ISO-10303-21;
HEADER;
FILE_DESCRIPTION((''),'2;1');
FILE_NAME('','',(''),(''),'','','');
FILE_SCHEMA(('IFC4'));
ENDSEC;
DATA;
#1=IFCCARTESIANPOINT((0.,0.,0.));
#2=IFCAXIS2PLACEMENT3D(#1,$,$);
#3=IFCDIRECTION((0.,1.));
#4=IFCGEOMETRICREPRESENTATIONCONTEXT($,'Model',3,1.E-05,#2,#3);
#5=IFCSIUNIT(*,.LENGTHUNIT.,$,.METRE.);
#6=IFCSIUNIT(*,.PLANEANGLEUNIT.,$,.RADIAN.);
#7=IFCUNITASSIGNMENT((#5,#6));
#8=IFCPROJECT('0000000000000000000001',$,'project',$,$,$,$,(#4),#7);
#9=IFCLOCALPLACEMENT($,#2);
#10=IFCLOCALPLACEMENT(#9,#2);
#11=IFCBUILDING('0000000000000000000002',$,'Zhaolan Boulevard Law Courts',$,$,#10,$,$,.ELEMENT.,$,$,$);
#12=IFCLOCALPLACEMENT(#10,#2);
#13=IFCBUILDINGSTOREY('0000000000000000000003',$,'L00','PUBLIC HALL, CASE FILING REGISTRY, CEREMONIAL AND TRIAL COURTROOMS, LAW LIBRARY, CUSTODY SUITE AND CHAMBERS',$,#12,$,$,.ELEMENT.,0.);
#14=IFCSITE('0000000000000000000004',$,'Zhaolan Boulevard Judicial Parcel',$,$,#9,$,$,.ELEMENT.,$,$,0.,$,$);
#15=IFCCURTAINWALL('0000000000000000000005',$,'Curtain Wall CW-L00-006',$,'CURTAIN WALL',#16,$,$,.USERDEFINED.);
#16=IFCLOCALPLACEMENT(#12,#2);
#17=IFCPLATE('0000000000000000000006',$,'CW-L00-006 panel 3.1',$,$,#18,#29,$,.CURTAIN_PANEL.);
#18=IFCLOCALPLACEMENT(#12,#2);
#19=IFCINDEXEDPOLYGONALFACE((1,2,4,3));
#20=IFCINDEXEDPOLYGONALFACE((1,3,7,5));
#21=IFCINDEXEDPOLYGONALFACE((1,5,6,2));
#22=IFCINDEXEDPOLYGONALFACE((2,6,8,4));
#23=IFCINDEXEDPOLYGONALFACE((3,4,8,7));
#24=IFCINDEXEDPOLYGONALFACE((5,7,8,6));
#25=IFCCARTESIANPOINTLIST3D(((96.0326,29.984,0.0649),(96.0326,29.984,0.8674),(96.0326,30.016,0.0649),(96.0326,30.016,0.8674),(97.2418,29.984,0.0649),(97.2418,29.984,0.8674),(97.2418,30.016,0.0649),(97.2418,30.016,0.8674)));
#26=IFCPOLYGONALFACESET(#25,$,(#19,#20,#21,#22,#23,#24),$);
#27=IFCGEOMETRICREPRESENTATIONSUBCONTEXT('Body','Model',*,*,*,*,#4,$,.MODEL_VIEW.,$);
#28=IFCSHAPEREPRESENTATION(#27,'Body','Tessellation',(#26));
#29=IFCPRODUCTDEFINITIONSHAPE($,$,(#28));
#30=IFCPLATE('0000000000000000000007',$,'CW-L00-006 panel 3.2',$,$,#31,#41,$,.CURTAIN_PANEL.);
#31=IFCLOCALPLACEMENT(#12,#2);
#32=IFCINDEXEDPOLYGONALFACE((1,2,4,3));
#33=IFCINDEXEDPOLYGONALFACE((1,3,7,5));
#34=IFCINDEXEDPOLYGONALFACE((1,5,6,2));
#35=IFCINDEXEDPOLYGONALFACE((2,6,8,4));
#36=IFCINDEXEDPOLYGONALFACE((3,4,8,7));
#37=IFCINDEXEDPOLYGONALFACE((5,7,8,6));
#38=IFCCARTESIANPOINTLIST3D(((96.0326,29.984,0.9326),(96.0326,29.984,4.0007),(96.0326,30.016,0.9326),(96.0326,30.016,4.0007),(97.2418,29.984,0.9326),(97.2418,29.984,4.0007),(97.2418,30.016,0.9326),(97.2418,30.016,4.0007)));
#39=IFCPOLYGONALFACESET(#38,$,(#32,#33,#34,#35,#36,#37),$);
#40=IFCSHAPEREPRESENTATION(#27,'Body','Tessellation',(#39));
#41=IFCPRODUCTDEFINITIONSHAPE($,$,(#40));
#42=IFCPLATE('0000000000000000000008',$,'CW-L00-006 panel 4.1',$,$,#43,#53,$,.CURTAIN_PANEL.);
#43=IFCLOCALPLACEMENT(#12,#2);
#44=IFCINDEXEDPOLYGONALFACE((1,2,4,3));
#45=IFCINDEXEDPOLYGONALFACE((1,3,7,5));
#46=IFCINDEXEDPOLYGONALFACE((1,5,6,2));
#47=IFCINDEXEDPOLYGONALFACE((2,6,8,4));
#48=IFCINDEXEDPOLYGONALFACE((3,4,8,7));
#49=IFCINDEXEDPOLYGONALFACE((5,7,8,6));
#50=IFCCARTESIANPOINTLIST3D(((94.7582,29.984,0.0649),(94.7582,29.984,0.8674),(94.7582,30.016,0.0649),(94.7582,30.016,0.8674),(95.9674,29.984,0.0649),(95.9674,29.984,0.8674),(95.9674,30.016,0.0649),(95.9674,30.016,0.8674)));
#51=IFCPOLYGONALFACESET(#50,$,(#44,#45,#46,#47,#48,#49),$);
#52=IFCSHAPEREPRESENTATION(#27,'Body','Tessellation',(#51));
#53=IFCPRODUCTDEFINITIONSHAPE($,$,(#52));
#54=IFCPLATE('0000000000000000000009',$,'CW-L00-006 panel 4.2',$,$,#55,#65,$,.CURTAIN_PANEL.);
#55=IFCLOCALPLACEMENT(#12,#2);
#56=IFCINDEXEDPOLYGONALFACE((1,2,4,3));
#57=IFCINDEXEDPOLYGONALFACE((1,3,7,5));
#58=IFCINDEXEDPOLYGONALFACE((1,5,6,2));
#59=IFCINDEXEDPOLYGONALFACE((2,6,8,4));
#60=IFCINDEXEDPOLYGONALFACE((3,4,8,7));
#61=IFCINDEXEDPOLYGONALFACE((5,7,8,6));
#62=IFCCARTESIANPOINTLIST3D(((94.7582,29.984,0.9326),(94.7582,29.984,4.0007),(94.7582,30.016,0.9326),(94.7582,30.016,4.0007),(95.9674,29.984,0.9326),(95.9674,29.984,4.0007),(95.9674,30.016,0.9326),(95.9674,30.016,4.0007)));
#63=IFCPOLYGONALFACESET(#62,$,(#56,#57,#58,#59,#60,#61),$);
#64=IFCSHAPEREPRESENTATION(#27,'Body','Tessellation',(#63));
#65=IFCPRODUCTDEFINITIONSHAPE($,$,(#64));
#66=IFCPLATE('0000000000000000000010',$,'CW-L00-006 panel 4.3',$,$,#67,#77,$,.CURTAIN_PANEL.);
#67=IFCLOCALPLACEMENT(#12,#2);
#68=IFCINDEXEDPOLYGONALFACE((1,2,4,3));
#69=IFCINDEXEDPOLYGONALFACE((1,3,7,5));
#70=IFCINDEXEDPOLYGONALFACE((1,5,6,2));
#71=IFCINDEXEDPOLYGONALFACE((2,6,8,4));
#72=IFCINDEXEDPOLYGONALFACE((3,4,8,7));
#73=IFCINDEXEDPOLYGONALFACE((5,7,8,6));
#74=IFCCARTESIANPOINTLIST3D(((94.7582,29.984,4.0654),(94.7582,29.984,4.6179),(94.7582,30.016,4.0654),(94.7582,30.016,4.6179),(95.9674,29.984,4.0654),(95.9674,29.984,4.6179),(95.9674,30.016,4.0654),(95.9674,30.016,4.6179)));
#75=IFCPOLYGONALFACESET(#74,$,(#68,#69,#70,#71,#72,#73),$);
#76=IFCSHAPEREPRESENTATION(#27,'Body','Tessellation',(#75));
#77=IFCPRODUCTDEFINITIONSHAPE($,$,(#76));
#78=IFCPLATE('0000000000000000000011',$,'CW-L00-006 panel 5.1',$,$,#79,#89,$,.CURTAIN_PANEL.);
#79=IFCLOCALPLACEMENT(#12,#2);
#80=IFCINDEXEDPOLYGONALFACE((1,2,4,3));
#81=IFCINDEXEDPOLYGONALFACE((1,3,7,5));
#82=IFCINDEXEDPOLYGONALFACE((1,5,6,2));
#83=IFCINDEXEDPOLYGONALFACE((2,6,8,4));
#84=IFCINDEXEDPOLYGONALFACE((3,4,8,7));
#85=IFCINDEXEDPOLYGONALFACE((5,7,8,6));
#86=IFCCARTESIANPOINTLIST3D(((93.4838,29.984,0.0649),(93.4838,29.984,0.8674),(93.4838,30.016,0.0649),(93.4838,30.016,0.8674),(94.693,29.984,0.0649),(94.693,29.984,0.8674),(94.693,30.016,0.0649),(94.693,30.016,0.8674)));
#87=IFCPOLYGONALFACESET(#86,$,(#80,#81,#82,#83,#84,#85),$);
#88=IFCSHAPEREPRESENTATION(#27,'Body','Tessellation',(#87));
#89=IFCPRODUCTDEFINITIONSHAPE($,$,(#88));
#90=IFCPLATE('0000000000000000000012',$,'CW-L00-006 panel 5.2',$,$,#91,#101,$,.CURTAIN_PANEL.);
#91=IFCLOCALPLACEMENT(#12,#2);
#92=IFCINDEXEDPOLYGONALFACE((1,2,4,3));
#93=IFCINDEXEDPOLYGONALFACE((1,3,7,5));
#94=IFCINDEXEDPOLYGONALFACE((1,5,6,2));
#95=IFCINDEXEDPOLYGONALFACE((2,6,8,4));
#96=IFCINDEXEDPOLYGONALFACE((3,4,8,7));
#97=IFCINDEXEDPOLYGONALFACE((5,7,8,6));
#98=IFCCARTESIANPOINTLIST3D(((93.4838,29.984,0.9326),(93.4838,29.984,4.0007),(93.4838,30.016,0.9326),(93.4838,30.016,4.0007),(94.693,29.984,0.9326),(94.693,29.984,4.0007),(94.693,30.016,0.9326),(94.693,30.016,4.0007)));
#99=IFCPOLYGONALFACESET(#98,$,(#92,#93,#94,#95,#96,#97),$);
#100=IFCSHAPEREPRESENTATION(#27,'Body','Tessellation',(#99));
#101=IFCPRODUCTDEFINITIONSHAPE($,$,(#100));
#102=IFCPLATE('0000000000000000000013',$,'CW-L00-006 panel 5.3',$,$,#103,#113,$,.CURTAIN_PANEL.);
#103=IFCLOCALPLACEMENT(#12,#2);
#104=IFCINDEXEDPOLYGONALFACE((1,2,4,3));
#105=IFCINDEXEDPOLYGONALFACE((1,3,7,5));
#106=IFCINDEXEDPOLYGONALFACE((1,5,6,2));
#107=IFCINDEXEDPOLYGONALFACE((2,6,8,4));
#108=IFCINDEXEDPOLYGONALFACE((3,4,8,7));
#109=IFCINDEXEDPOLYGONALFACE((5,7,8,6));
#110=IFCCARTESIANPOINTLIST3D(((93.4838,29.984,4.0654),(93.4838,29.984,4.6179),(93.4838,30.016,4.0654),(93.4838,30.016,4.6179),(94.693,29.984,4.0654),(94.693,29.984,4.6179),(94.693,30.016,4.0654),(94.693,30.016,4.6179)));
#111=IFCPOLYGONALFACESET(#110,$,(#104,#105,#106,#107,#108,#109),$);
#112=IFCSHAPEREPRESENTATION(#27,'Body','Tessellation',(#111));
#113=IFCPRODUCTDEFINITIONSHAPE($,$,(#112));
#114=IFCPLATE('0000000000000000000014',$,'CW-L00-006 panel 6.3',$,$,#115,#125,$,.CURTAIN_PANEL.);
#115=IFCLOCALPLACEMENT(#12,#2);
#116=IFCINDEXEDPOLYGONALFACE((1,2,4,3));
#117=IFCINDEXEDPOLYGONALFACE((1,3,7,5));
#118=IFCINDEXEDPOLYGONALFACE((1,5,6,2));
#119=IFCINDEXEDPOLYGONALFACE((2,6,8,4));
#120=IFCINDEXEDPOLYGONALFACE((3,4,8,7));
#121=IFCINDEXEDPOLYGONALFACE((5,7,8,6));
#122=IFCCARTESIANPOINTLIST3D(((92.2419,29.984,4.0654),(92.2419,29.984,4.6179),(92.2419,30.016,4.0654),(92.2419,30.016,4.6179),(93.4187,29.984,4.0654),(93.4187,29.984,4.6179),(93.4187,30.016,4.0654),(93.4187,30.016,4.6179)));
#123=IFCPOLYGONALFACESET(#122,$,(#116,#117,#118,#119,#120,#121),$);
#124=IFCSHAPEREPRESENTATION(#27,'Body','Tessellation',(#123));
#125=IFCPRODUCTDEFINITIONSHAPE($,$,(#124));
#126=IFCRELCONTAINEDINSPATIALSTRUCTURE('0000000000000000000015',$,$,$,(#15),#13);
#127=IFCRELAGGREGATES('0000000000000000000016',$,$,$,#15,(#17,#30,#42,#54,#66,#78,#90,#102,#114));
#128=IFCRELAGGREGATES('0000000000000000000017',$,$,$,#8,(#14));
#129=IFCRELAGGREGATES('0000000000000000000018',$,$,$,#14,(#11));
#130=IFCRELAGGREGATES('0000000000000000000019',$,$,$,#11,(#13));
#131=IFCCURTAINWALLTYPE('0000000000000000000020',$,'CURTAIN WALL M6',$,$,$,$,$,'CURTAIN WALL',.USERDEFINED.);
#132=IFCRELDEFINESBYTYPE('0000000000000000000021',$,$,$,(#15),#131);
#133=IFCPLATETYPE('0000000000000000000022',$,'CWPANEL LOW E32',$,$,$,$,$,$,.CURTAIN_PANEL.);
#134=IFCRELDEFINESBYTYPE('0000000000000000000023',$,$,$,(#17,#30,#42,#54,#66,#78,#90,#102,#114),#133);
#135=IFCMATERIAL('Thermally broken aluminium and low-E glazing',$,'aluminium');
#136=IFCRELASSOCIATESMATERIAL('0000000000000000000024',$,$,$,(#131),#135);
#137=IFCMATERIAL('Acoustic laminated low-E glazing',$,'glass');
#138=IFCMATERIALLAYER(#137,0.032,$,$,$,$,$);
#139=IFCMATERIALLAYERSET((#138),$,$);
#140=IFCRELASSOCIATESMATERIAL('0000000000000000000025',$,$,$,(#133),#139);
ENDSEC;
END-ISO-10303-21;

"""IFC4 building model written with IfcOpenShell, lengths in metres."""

from ifc_helpers import new_model, si_unit, direction, frame, origin, origin_2d, place, context, subcontext, project, spatial, rectangle, extrude, material, layer, layer_set, type_object, element, aggregate, save


model = new_model("IFC4")

# Units and contexts
model_context = context("Model", 3, precision=1e-05, world=origin(), true_north=direction((0.0, 1.0)))
body_context = subcontext(model_context, "Body", "Model", "MODEL_VIEW")
ifc_project = project(units=[si_unit("LENGTHUNIT", "METRE"), si_unit("PLANEANGLEUNIT", "RADIAN")], contexts=[model_context])

# Site, building, storey
site_placement = place(None, origin())
site = spatial("IfcSite", under=ifc_project, at=site_placement, Name="Zhaolan Boulevard Judicial Parcel", CompositionType="ELEMENT", RefElevation=0.0)
building_placement = place(site_placement, origin())
building = spatial("IfcBuilding", under=site, at=building_placement, Name="Zhaolan Boulevard Law Courts", CompositionType="ELEMENT")
storey_placement = place(building_placement, origin())
storey = spatial("IfcBuildingStorey", under=building, at=storey_placement, Name="L00", Description="PUBLIC HALL, CASE FILING REGISTRY, CEREMONIAL AND TRIAL COURTROOMS, LAW LIBRARY, CUSTODY SUITE AND CHAMBERS", CompositionType="ELEMENT", Elevation=0.0)

# Curtain wall, plates
ifc_material_1 = material(Name="Thermally broken aluminium and low-E glazing", Category="aluminium")
curtain_wall_type = type_object("IfcCurtainWallType", Name="CURTAIN WALL M6", ElementType="CURTAIN WALL", PredefinedType="USERDEFINED", material=ifc_material_1)
curtain_wall_placement = place(storey_placement, origin())
curtain_wall = element("IfcCurtainWall", 1, at=curtain_wall_placement, inside=storey, type_object=curtain_wall_type, Name="Curtain Wall CW-L00-006", ObjectType="CURTAIN WALL", PredefinedType="USERDEFINED")
ifc_material_2 = material(Name="Acoustic laminated low-E glazing", Category="glass")
ifc_layer = layer(ifc_material_2, 0.032)
ifc_layer_set = layer_set([ifc_layer])
plate_type = type_object("IfcPlateType", Name="CWPANEL LOW E32", PredefinedType="CURTAIN_PANEL", material=ifc_layer_set)
plate_1_placement = place(storey_placement, frame((96.6372, 30.0, 0.0649), z_axis=(0.0, 0.0, 1.0), x_axis=(-1.0, 0.0, 0.0)))
plate_1 = element("IfcPlate", 2, at=plate_1_placement, type_object=plate_type, Name="CW-L00-006 panel 3.1", PredefinedType="CURTAIN_PANEL", context=body_context, shape_type="SweptSolid", body=[
    extrude(rectangle(XDim=1.2092, YDim=0.032, at=origin_2d()), origin(), (0.0, 0.0, 1.0), 0.8025),
])
plate_2_placement = place(storey_placement, frame((96.6372, 30.0, 0.9326), z_axis=(0.0, 0.0, 1.0), x_axis=(-1.0, 0.0, 0.0)))
plate_2 = element("IfcPlate", 3, at=plate_2_placement, type_object=plate_type, Name="CW-L00-006 panel 3.2", PredefinedType="CURTAIN_PANEL", context=body_context, shape_type="SweptSolid", body=[
    extrude(rectangle(XDim=1.2092, YDim=0.032, at=origin_2d()), origin(), (0.0, 0.0, 1.0), 3.0681),
])
plate_3_placement = place(storey_placement, frame((95.3628, 30.0, 0.0649), z_axis=(0.0, 0.0, 1.0), x_axis=(-1.0, 0.0, 0.0)))
plate_3 = element("IfcPlate", 4, at=plate_3_placement, type_object=plate_type, Name="CW-L00-006 panel 4.1", PredefinedType="CURTAIN_PANEL", context=body_context, shape_type="SweptSolid", body=[
    extrude(rectangle(XDim=1.2092, YDim=0.032, at=origin_2d()), origin(), (0.0, 0.0, 1.0), 0.8025),
])
plate_4_placement = place(storey_placement, frame((95.3628, 30.0, 0.9326), z_axis=(0.0, 0.0, 1.0), x_axis=(-1.0, 0.0, 0.0)))
plate_4 = element("IfcPlate", 5, at=plate_4_placement, type_object=plate_type, Name="CW-L00-006 panel 4.2", PredefinedType="CURTAIN_PANEL", context=body_context, shape_type="SweptSolid", body=[
    extrude(rectangle(XDim=1.2092, YDim=0.032, at=origin_2d()), origin(), (0.0, 0.0, 1.0), 3.0681),
])
plate_5_placement = place(storey_placement, frame((95.3628, 30.0, 4.0654), z_axis=(0.0, 0.0, 1.0), x_axis=(-1.0, 0.0, 0.0)))
plate_5 = element("IfcPlate", 6, at=plate_5_placement, type_object=plate_type, Name="CW-L00-006 panel 4.3", PredefinedType="CURTAIN_PANEL", context=body_context, shape_type="SweptSolid", body=[
    extrude(rectangle(XDim=1.2092, YDim=0.032, at=origin_2d()), origin(), (0.0, 0.0, 1.0), 0.5525),
])
plate_6_placement = place(storey_placement, frame((94.0884, 30.0, 0.0649), z_axis=(0.0, 0.0, 1.0), x_axis=(-1.0, 0.0, 0.0)))
plate_6 = element("IfcPlate", 7, at=plate_6_placement, type_object=plate_type, Name="CW-L00-006 panel 5.1", PredefinedType="CURTAIN_PANEL", context=body_context, shape_type="SweptSolid", body=[
    extrude(rectangle(XDim=1.2092, YDim=0.032, at=origin_2d()), origin(), (0.0, 0.0, 1.0), 0.8025),
])
plate_7_placement = place(storey_placement, frame((94.0884, 30.0, 0.9326), z_axis=(0.0, 0.0, 1.0), x_axis=(-1.0, 0.0, 0.0)))
plate_7 = element("IfcPlate", 8, at=plate_7_placement, type_object=plate_type, Name="CW-L00-006 panel 5.2", PredefinedType="CURTAIN_PANEL", context=body_context, shape_type="SweptSolid", body=[
    extrude(rectangle(XDim=1.2092, YDim=0.032, at=origin_2d()), origin(), (0.0, 0.0, 1.0), 3.0681),
])
plate_8_placement = place(storey_placement, frame((94.0884, 30.0, 4.0654), z_axis=(0.0, 0.0, 1.0), x_axis=(-1.0, 0.0, 0.0)))
plate_8 = element("IfcPlate", 9, at=plate_8_placement, type_object=plate_type, Name="CW-L00-006 panel 5.3", PredefinedType="CURTAIN_PANEL", context=body_context, shape_type="SweptSolid", body=[
    extrude(rectangle(XDim=1.2092, YDim=0.032, at=origin_2d()), origin(), (0.0, 0.0, 1.0), 0.5525),
])
plate_9_placement = place(storey_placement, frame((92.8303, 30.0, 4.0654), z_axis=(0.0, 0.0, 1.0), x_axis=(-1.0, 0.0, 0.0)))
plate_9 = element("IfcPlate", 10, at=plate_9_placement, type_object=plate_type, Name="CW-L00-006 panel 6.3", PredefinedType="CURTAIN_PANEL", context=body_context, shape_type="SweptSolid", body=[
    extrude(rectangle(XDim=1.1768, YDim=0.032, at=origin_2d()), origin(), (0.0, 0.0, 1.0), 0.5525),
])
aggregate(curtain_wall, [plate_1, plate_2, plate_3, plate_4, plate_5, plate_6, plate_7, plate_8, plate_9])

save(model, "model.ifc")
